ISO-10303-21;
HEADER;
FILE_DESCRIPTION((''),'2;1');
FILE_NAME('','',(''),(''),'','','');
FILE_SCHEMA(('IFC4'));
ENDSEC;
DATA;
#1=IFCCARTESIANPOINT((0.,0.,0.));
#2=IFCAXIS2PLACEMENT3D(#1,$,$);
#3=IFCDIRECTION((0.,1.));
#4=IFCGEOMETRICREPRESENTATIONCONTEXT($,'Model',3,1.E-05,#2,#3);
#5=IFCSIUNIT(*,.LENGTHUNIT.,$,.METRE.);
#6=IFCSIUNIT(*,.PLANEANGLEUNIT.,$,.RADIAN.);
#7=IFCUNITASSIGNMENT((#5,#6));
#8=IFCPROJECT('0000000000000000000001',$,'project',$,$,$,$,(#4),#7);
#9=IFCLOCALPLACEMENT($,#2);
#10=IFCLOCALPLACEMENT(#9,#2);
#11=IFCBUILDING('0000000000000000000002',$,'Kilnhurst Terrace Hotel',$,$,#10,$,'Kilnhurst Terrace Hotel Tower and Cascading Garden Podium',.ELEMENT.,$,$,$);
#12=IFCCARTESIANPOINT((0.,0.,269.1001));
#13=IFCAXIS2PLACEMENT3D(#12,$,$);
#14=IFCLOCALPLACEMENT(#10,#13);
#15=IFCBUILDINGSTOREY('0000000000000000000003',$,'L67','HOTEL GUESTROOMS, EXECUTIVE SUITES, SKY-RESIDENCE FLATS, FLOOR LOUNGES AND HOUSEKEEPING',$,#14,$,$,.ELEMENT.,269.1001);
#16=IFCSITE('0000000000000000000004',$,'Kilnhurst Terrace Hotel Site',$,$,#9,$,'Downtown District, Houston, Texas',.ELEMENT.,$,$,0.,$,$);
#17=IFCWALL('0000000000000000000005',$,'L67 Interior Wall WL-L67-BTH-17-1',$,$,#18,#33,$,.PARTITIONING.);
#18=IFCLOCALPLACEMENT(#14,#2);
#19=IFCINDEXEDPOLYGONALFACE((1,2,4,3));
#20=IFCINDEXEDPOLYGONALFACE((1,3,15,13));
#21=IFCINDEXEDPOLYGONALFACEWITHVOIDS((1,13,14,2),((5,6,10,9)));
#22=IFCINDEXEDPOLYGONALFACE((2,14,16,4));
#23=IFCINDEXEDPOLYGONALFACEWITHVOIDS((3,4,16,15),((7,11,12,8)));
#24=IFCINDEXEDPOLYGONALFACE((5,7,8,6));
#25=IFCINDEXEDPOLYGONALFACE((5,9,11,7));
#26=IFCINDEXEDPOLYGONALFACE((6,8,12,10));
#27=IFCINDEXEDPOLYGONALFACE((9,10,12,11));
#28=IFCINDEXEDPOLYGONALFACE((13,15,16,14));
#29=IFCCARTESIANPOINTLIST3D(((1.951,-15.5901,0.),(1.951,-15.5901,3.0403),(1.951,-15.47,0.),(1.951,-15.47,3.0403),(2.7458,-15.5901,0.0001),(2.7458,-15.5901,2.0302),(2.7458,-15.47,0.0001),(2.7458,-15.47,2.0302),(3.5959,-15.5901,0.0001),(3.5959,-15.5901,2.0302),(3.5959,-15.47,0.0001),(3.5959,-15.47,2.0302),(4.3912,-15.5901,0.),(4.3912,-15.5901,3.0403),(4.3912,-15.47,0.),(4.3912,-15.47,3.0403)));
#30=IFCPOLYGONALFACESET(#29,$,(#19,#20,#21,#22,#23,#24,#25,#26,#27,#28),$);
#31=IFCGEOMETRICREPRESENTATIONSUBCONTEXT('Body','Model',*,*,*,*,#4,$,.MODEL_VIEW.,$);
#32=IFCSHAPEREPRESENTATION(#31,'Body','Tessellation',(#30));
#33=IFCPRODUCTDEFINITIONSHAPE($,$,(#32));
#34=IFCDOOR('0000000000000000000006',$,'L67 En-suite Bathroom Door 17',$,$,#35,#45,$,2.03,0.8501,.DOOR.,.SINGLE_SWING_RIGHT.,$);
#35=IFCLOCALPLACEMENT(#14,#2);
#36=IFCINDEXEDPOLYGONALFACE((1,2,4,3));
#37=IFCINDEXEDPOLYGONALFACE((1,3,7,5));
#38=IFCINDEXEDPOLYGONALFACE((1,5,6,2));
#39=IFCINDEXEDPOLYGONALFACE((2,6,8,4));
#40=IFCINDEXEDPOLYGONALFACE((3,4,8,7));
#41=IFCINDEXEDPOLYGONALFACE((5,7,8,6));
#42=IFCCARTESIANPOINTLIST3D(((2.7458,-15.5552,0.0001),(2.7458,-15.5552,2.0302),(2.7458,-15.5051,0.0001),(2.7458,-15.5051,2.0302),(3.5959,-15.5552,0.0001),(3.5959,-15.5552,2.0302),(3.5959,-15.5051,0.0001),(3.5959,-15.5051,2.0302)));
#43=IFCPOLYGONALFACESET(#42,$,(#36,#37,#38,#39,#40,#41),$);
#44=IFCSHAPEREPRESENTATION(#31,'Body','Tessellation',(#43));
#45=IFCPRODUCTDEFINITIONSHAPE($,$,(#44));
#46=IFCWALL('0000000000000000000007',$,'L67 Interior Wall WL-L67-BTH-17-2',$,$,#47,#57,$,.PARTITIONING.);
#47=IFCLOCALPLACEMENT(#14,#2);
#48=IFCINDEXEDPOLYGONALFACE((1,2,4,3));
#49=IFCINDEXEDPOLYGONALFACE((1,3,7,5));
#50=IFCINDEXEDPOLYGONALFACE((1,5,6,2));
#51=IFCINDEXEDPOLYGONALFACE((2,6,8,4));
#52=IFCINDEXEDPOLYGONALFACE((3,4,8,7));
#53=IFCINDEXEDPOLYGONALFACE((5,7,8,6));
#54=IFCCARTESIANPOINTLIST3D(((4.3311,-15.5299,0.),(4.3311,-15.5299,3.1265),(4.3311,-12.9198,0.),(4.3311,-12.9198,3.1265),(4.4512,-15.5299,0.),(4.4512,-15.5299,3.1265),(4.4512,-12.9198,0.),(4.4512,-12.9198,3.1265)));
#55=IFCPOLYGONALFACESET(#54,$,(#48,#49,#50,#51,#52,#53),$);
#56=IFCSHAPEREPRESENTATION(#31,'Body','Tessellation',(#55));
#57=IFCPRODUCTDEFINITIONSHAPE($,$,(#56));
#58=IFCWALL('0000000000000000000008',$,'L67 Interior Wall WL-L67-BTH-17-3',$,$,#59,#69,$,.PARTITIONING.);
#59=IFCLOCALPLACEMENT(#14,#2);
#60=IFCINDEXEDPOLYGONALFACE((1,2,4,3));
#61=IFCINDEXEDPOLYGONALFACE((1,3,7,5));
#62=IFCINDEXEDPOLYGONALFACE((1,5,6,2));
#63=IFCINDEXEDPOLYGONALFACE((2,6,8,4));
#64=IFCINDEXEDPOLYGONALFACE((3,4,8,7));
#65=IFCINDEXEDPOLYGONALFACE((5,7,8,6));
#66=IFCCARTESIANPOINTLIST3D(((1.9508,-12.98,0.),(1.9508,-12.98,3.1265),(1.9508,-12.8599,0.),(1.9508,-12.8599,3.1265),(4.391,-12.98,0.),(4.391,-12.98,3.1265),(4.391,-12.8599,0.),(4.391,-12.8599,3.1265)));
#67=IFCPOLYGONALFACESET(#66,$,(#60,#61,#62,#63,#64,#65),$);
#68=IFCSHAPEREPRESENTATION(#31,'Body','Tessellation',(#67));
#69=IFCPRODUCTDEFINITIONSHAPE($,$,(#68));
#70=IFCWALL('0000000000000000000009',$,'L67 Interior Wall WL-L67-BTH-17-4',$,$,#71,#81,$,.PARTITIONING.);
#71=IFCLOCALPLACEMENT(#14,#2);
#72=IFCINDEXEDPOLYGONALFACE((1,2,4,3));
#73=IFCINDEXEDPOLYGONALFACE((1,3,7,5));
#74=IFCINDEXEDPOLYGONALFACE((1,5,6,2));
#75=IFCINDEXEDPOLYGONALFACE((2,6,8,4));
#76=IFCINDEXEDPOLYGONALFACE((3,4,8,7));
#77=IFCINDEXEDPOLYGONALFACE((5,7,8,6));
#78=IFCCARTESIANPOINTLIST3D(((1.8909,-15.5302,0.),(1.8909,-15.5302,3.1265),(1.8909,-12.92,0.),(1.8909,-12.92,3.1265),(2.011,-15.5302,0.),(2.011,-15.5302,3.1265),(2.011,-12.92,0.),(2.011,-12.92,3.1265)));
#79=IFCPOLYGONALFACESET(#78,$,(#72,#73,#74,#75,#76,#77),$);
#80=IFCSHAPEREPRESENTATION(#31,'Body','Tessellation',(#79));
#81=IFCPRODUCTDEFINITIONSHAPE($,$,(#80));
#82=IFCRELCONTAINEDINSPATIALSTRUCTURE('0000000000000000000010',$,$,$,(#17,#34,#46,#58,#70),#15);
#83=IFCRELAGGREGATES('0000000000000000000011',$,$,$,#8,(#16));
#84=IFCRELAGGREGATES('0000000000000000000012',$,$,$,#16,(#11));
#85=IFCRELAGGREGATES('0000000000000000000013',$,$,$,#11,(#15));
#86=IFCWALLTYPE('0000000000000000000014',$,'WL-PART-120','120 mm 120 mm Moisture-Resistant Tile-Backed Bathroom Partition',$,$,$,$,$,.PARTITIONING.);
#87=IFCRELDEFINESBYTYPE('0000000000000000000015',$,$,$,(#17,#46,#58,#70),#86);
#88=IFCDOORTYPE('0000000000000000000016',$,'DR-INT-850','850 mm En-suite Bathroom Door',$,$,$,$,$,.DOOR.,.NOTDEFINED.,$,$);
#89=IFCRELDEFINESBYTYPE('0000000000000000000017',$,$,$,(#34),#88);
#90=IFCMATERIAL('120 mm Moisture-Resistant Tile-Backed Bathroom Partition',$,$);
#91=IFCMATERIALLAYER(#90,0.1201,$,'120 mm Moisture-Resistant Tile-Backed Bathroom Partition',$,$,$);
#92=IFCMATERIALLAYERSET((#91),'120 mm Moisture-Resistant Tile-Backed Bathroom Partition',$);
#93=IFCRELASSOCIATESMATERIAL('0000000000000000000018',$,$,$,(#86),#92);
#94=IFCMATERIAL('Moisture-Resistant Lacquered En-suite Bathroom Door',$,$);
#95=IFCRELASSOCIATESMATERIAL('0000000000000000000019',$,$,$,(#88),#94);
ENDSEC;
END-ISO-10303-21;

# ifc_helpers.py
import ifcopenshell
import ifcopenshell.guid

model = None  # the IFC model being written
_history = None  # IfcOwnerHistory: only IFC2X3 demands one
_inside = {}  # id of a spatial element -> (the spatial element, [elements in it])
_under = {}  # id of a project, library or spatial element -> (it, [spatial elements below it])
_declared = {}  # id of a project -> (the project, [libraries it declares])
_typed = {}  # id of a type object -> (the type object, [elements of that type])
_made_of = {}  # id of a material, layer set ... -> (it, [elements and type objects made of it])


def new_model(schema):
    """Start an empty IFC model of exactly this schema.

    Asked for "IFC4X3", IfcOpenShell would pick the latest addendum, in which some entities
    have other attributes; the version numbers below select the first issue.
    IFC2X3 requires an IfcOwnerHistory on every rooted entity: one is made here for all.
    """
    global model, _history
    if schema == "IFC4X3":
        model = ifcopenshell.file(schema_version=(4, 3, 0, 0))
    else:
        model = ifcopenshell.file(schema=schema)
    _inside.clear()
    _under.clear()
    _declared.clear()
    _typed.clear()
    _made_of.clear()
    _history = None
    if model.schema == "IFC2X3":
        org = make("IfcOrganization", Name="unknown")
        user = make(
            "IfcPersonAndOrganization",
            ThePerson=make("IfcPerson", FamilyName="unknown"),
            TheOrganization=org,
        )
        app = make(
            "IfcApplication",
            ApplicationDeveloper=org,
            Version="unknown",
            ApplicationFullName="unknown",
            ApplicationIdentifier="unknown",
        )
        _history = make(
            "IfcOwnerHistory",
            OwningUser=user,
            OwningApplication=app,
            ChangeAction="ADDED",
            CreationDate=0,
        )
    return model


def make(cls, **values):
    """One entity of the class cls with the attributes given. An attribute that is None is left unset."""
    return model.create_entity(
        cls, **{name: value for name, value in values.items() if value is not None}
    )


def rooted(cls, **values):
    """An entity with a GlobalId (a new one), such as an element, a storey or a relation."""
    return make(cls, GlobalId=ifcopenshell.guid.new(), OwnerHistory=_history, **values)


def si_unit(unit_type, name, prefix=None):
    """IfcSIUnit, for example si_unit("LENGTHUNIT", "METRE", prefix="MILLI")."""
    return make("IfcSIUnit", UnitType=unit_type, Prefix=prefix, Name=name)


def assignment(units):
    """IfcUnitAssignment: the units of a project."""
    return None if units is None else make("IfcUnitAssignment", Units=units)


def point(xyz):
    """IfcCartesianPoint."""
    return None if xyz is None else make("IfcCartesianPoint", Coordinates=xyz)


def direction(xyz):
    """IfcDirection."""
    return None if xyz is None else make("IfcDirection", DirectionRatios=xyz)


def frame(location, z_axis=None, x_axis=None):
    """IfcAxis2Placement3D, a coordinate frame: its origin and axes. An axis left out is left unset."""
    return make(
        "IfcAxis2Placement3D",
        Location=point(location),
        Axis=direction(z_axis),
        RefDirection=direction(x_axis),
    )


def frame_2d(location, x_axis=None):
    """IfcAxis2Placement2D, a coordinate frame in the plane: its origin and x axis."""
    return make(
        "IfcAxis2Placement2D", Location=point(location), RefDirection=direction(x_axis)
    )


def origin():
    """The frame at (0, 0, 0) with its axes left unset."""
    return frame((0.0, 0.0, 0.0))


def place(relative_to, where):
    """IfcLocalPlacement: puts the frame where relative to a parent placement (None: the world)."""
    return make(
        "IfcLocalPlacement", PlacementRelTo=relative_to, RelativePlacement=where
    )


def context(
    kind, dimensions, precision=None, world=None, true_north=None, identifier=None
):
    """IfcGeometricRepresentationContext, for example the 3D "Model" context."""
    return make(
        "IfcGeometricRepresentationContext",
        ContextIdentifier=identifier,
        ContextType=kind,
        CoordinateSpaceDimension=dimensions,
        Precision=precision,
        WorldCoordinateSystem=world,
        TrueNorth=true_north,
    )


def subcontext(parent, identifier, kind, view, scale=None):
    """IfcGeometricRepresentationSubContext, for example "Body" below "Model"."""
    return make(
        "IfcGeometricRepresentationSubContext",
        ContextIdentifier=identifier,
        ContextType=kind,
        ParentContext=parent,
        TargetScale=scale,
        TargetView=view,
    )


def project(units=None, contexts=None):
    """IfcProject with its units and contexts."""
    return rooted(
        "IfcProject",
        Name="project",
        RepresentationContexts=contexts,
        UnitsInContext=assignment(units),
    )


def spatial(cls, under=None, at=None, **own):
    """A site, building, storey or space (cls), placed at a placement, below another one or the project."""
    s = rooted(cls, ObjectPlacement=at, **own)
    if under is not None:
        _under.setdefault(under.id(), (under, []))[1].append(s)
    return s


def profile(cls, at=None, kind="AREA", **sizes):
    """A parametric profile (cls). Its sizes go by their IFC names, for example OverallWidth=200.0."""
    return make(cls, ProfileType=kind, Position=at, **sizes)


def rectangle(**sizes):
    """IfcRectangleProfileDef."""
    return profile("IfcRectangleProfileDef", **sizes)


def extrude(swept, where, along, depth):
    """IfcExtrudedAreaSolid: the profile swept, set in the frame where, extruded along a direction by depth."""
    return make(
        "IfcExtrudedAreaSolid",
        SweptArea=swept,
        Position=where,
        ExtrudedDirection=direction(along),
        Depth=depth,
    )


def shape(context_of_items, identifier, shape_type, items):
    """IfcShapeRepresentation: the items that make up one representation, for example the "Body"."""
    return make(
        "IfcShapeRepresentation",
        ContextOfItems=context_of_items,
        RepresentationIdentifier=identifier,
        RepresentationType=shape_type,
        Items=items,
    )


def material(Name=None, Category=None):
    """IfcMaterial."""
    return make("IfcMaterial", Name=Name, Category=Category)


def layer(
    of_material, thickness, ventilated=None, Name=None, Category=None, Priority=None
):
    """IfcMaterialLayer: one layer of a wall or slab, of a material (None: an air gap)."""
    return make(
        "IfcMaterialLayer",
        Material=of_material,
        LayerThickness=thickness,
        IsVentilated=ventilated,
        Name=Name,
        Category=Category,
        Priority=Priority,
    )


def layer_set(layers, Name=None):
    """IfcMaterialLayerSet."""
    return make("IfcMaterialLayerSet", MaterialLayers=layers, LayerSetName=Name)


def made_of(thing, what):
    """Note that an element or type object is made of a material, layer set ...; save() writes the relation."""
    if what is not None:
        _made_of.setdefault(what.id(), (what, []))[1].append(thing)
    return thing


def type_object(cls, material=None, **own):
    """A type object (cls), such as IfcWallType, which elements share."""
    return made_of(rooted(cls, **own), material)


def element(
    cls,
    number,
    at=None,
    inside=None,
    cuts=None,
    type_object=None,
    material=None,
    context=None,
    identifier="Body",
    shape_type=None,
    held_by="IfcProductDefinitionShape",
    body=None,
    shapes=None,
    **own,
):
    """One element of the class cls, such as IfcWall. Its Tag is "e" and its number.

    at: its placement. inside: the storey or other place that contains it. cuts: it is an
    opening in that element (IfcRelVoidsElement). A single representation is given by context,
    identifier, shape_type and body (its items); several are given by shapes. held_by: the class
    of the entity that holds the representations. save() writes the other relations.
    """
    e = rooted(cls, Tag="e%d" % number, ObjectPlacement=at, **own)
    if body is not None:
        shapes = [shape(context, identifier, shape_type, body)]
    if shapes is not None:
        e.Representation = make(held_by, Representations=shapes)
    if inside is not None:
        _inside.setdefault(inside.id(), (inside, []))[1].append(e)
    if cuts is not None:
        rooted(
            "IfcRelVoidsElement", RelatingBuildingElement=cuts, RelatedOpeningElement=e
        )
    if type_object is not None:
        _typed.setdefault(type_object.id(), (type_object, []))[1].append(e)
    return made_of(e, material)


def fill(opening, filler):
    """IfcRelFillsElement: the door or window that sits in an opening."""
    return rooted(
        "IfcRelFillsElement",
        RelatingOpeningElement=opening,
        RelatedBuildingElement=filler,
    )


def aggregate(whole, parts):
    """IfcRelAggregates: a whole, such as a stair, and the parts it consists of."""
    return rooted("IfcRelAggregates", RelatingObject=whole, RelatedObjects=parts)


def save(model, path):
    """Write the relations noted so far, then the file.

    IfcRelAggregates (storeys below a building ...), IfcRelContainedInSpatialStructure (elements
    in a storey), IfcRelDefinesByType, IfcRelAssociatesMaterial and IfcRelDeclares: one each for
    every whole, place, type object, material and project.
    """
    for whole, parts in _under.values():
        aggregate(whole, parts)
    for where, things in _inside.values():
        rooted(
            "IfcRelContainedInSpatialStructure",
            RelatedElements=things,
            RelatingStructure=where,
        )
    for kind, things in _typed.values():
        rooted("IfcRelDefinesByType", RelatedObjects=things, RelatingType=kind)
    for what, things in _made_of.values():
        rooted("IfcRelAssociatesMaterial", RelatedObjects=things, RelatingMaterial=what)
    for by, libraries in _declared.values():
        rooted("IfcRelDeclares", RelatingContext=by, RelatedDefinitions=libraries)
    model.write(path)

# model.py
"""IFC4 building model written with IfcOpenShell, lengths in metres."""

from ifc_helpers import new_model, si_unit, direction, frame, frame_2d, origin, place, context, subcontext, project, spatial, rectangle, extrude, material, layer, layer_set, type_object, element, fill, save


model = new_model("IFC4")

# Units and contexts
model_context = context("Model", 3, precision=1e-05, world=origin(), true_north=direction((0.0, 1.0)))
body_context = subcontext(model_context, "Body", "Model", "MODEL_VIEW")
ifc_project = project(units=[si_unit("LENGTHUNIT", "METRE"), si_unit("PLANEANGLEUNIT", "RADIAN")], contexts=[model_context])

# Site, building, storey
site_placement = place(None, origin())
site = spatial("IfcSite", under=ifc_project, at=site_placement, Name="Kilnhurst Terrace Hotel Site", LongName="Downtown District, Houston, Texas", CompositionType="ELEMENT", RefElevation=0.0)
building_placement = place(site_placement, origin())
building = spatial("IfcBuilding", under=site, at=building_placement, Name="Kilnhurst Terrace Hotel", LongName="Kilnhurst Terrace Hotel Tower and Cascading Garden Podium", CompositionType="ELEMENT")
storey_placement = place(building_placement, frame((0.0, 0.0, 269.1001)))
storey = spatial("IfcBuildingStorey", under=building, at=storey_placement, Name="L67", Description="HOTEL GUESTROOMS, EXECUTIVE SUITES, SKY-RESIDENCE FLATS, FLOOR LOUNGES AND HOUSEKEEPING", CompositionType="ELEMENT", Elevation=269.1001)

# Wall, opening, door
ifc_material_1 = material(Name="120 mm Moisture-Resistant Tile-Backed Bathroom Partition")
ifc_layer_1 = layer(ifc_material_1, 0.1201, Name="120 mm Moisture-Resistant Tile-Backed Bathroom Partition")
ifc_layer_set_1 = layer_set([ifc_layer_1], Name="120 mm Moisture-Resistant Tile-Backed Bathroom Partition")
wall_type_1 = type_object("IfcWallType", Name="WL-PART-120", Description="120 mm 120 mm Moisture-Resistant Tile-Backed Bathroom Partition", PredefinedType="PARTITIONING", material=ifc_layer_set_1)
wall_1_placement = place(storey_placement, frame((1.9509, -15.53, 0.0), z_axis=(0.0, 0.0, 1.0), x_axis=(1.0, 0.0, 0.0)))
wall_1 = element("IfcWall", 1, at=wall_1_placement, inside=storey, type_object=wall_type_1, Name="L67 Interior Wall WL-L67-BTH-17-1", PredefinedType="PARTITIONING", context=body_context, shape_type="SweptSolid", body=[
    extrude(rectangle(XDim=2.4402, YDim=0.1201, at=frame_2d((1.2202, 0.0))), origin(), (0.0, 0.0, 1.0), 3.0403),
])
opening_placement = place(wall_1_placement, frame((0.7949, 0.0, 0.0)))
opening = element("IfcOpeningElement", 2, at=opening_placement, cuts=wall_1, PredefinedType="OPENING", context=body_context, shape_type="SweptSolid", body=[
    extrude(rectangle(XDim=0.8501, YDim=2.03, at=frame_2d((0.425, 1.0151))), frame((0.0, 0.0701, 0.0), z_axis=(0.0, -1.0, 0.0), x_axis=(1.0, 0.0, 0.0)), (0.0, 0.0, 1.0), 0.1401),
])
ifc_material_2 = material(Name="Moisture-Resistant Lacquered En-suite Bathroom Door")
door_type = type_object("IfcDoorType", Name="DR-INT-850", Description="850 mm En-suite Bathroom Door", OperationType="NOTDEFINED", PredefinedType="DOOR", material=ifc_material_2)
door_placement = place(opening_placement, origin())
door = element("IfcDoor", 3, at=door_placement, inside=storey, type_object=door_type, Name="L67 En-suite Bathroom Door 17", OperationType="SINGLE_SWING_RIGHT", OverallHeight=2.03, OverallWidth=0.8501, PredefinedType="DOOR", context=body_context, shape_type="SweptSolid", body=[
    extrude(rectangle(XDim=0.8501, YDim=2.03, at=frame_2d((0.425, 1.0151))), frame((0.0, 0.0249, 0.0), z_axis=(0.0, -1.0, 0.0), x_axis=(1.0, 0.0, 0.0)), (0.0, 0.0, 1.0), 0.05),
])
fill(opening, door)

# Walls
wall_2_placement = place(storey_placement, frame((4.3911, -15.53, 0.0), z_axis=(0.0, 0.0, 1.0), x_axis=(0.0, 1.0, 0.0)))
element("IfcWall", 4, at=wall_2_placement, inside=storey, type_object=wall_type_1, Name="L67 Interior Wall WL-L67-BTH-17-2", PredefinedType="PARTITIONING", context=body_context, shape_type="SweptSolid", body=[
    extrude(rectangle(XDim=2.6101, YDim=0.1201, at=frame_2d((1.3052, 0.0))), origin(), (0.0, 0.0, 1.0), 3.1265),
])
wall_3_placement = place(storey_placement, frame((4.3911, -12.9199, 0.0), z_axis=(0.0, 0.0, 1.0), x_axis=(-1.0, 0.0, 0.0)))
element("IfcWall", 5, at=wall_3_placement, inside=storey, type_object=wall_type_1, Name="L67 Interior Wall WL-L67-BTH-17-3", PredefinedType="PARTITIONING", context=body_context, shape_type="SweptSolid", body=[
    extrude(rectangle(XDim=2.4402, YDim=0.1201, at=frame_2d((1.2202, 0.0))), origin(), (0.0, 0.0, 1.0), 3.1265),
])
wall_4_placement = place(storey_placement, frame((1.9509, -12.9199, 0.0), z_axis=(0.0, 0.0, 1.0), x_axis=(0.0, -1.0, 0.0)))
element("IfcWall", 6, at=wall_4_placement, inside=storey, type_object=wall_type_1, Name="L67 Interior Wall WL-L67-BTH-17-4", PredefinedType="PARTITIONING", context=body_context, shape_type="SweptSolid", body=[
    extrude(rectangle(XDim=2.6101, YDim=0.1201, at=frame_2d((1.3052, 0.0))), origin(), (0.0, 0.0, 1.0), 3.1265),
])

save(model, "model.ifc")
